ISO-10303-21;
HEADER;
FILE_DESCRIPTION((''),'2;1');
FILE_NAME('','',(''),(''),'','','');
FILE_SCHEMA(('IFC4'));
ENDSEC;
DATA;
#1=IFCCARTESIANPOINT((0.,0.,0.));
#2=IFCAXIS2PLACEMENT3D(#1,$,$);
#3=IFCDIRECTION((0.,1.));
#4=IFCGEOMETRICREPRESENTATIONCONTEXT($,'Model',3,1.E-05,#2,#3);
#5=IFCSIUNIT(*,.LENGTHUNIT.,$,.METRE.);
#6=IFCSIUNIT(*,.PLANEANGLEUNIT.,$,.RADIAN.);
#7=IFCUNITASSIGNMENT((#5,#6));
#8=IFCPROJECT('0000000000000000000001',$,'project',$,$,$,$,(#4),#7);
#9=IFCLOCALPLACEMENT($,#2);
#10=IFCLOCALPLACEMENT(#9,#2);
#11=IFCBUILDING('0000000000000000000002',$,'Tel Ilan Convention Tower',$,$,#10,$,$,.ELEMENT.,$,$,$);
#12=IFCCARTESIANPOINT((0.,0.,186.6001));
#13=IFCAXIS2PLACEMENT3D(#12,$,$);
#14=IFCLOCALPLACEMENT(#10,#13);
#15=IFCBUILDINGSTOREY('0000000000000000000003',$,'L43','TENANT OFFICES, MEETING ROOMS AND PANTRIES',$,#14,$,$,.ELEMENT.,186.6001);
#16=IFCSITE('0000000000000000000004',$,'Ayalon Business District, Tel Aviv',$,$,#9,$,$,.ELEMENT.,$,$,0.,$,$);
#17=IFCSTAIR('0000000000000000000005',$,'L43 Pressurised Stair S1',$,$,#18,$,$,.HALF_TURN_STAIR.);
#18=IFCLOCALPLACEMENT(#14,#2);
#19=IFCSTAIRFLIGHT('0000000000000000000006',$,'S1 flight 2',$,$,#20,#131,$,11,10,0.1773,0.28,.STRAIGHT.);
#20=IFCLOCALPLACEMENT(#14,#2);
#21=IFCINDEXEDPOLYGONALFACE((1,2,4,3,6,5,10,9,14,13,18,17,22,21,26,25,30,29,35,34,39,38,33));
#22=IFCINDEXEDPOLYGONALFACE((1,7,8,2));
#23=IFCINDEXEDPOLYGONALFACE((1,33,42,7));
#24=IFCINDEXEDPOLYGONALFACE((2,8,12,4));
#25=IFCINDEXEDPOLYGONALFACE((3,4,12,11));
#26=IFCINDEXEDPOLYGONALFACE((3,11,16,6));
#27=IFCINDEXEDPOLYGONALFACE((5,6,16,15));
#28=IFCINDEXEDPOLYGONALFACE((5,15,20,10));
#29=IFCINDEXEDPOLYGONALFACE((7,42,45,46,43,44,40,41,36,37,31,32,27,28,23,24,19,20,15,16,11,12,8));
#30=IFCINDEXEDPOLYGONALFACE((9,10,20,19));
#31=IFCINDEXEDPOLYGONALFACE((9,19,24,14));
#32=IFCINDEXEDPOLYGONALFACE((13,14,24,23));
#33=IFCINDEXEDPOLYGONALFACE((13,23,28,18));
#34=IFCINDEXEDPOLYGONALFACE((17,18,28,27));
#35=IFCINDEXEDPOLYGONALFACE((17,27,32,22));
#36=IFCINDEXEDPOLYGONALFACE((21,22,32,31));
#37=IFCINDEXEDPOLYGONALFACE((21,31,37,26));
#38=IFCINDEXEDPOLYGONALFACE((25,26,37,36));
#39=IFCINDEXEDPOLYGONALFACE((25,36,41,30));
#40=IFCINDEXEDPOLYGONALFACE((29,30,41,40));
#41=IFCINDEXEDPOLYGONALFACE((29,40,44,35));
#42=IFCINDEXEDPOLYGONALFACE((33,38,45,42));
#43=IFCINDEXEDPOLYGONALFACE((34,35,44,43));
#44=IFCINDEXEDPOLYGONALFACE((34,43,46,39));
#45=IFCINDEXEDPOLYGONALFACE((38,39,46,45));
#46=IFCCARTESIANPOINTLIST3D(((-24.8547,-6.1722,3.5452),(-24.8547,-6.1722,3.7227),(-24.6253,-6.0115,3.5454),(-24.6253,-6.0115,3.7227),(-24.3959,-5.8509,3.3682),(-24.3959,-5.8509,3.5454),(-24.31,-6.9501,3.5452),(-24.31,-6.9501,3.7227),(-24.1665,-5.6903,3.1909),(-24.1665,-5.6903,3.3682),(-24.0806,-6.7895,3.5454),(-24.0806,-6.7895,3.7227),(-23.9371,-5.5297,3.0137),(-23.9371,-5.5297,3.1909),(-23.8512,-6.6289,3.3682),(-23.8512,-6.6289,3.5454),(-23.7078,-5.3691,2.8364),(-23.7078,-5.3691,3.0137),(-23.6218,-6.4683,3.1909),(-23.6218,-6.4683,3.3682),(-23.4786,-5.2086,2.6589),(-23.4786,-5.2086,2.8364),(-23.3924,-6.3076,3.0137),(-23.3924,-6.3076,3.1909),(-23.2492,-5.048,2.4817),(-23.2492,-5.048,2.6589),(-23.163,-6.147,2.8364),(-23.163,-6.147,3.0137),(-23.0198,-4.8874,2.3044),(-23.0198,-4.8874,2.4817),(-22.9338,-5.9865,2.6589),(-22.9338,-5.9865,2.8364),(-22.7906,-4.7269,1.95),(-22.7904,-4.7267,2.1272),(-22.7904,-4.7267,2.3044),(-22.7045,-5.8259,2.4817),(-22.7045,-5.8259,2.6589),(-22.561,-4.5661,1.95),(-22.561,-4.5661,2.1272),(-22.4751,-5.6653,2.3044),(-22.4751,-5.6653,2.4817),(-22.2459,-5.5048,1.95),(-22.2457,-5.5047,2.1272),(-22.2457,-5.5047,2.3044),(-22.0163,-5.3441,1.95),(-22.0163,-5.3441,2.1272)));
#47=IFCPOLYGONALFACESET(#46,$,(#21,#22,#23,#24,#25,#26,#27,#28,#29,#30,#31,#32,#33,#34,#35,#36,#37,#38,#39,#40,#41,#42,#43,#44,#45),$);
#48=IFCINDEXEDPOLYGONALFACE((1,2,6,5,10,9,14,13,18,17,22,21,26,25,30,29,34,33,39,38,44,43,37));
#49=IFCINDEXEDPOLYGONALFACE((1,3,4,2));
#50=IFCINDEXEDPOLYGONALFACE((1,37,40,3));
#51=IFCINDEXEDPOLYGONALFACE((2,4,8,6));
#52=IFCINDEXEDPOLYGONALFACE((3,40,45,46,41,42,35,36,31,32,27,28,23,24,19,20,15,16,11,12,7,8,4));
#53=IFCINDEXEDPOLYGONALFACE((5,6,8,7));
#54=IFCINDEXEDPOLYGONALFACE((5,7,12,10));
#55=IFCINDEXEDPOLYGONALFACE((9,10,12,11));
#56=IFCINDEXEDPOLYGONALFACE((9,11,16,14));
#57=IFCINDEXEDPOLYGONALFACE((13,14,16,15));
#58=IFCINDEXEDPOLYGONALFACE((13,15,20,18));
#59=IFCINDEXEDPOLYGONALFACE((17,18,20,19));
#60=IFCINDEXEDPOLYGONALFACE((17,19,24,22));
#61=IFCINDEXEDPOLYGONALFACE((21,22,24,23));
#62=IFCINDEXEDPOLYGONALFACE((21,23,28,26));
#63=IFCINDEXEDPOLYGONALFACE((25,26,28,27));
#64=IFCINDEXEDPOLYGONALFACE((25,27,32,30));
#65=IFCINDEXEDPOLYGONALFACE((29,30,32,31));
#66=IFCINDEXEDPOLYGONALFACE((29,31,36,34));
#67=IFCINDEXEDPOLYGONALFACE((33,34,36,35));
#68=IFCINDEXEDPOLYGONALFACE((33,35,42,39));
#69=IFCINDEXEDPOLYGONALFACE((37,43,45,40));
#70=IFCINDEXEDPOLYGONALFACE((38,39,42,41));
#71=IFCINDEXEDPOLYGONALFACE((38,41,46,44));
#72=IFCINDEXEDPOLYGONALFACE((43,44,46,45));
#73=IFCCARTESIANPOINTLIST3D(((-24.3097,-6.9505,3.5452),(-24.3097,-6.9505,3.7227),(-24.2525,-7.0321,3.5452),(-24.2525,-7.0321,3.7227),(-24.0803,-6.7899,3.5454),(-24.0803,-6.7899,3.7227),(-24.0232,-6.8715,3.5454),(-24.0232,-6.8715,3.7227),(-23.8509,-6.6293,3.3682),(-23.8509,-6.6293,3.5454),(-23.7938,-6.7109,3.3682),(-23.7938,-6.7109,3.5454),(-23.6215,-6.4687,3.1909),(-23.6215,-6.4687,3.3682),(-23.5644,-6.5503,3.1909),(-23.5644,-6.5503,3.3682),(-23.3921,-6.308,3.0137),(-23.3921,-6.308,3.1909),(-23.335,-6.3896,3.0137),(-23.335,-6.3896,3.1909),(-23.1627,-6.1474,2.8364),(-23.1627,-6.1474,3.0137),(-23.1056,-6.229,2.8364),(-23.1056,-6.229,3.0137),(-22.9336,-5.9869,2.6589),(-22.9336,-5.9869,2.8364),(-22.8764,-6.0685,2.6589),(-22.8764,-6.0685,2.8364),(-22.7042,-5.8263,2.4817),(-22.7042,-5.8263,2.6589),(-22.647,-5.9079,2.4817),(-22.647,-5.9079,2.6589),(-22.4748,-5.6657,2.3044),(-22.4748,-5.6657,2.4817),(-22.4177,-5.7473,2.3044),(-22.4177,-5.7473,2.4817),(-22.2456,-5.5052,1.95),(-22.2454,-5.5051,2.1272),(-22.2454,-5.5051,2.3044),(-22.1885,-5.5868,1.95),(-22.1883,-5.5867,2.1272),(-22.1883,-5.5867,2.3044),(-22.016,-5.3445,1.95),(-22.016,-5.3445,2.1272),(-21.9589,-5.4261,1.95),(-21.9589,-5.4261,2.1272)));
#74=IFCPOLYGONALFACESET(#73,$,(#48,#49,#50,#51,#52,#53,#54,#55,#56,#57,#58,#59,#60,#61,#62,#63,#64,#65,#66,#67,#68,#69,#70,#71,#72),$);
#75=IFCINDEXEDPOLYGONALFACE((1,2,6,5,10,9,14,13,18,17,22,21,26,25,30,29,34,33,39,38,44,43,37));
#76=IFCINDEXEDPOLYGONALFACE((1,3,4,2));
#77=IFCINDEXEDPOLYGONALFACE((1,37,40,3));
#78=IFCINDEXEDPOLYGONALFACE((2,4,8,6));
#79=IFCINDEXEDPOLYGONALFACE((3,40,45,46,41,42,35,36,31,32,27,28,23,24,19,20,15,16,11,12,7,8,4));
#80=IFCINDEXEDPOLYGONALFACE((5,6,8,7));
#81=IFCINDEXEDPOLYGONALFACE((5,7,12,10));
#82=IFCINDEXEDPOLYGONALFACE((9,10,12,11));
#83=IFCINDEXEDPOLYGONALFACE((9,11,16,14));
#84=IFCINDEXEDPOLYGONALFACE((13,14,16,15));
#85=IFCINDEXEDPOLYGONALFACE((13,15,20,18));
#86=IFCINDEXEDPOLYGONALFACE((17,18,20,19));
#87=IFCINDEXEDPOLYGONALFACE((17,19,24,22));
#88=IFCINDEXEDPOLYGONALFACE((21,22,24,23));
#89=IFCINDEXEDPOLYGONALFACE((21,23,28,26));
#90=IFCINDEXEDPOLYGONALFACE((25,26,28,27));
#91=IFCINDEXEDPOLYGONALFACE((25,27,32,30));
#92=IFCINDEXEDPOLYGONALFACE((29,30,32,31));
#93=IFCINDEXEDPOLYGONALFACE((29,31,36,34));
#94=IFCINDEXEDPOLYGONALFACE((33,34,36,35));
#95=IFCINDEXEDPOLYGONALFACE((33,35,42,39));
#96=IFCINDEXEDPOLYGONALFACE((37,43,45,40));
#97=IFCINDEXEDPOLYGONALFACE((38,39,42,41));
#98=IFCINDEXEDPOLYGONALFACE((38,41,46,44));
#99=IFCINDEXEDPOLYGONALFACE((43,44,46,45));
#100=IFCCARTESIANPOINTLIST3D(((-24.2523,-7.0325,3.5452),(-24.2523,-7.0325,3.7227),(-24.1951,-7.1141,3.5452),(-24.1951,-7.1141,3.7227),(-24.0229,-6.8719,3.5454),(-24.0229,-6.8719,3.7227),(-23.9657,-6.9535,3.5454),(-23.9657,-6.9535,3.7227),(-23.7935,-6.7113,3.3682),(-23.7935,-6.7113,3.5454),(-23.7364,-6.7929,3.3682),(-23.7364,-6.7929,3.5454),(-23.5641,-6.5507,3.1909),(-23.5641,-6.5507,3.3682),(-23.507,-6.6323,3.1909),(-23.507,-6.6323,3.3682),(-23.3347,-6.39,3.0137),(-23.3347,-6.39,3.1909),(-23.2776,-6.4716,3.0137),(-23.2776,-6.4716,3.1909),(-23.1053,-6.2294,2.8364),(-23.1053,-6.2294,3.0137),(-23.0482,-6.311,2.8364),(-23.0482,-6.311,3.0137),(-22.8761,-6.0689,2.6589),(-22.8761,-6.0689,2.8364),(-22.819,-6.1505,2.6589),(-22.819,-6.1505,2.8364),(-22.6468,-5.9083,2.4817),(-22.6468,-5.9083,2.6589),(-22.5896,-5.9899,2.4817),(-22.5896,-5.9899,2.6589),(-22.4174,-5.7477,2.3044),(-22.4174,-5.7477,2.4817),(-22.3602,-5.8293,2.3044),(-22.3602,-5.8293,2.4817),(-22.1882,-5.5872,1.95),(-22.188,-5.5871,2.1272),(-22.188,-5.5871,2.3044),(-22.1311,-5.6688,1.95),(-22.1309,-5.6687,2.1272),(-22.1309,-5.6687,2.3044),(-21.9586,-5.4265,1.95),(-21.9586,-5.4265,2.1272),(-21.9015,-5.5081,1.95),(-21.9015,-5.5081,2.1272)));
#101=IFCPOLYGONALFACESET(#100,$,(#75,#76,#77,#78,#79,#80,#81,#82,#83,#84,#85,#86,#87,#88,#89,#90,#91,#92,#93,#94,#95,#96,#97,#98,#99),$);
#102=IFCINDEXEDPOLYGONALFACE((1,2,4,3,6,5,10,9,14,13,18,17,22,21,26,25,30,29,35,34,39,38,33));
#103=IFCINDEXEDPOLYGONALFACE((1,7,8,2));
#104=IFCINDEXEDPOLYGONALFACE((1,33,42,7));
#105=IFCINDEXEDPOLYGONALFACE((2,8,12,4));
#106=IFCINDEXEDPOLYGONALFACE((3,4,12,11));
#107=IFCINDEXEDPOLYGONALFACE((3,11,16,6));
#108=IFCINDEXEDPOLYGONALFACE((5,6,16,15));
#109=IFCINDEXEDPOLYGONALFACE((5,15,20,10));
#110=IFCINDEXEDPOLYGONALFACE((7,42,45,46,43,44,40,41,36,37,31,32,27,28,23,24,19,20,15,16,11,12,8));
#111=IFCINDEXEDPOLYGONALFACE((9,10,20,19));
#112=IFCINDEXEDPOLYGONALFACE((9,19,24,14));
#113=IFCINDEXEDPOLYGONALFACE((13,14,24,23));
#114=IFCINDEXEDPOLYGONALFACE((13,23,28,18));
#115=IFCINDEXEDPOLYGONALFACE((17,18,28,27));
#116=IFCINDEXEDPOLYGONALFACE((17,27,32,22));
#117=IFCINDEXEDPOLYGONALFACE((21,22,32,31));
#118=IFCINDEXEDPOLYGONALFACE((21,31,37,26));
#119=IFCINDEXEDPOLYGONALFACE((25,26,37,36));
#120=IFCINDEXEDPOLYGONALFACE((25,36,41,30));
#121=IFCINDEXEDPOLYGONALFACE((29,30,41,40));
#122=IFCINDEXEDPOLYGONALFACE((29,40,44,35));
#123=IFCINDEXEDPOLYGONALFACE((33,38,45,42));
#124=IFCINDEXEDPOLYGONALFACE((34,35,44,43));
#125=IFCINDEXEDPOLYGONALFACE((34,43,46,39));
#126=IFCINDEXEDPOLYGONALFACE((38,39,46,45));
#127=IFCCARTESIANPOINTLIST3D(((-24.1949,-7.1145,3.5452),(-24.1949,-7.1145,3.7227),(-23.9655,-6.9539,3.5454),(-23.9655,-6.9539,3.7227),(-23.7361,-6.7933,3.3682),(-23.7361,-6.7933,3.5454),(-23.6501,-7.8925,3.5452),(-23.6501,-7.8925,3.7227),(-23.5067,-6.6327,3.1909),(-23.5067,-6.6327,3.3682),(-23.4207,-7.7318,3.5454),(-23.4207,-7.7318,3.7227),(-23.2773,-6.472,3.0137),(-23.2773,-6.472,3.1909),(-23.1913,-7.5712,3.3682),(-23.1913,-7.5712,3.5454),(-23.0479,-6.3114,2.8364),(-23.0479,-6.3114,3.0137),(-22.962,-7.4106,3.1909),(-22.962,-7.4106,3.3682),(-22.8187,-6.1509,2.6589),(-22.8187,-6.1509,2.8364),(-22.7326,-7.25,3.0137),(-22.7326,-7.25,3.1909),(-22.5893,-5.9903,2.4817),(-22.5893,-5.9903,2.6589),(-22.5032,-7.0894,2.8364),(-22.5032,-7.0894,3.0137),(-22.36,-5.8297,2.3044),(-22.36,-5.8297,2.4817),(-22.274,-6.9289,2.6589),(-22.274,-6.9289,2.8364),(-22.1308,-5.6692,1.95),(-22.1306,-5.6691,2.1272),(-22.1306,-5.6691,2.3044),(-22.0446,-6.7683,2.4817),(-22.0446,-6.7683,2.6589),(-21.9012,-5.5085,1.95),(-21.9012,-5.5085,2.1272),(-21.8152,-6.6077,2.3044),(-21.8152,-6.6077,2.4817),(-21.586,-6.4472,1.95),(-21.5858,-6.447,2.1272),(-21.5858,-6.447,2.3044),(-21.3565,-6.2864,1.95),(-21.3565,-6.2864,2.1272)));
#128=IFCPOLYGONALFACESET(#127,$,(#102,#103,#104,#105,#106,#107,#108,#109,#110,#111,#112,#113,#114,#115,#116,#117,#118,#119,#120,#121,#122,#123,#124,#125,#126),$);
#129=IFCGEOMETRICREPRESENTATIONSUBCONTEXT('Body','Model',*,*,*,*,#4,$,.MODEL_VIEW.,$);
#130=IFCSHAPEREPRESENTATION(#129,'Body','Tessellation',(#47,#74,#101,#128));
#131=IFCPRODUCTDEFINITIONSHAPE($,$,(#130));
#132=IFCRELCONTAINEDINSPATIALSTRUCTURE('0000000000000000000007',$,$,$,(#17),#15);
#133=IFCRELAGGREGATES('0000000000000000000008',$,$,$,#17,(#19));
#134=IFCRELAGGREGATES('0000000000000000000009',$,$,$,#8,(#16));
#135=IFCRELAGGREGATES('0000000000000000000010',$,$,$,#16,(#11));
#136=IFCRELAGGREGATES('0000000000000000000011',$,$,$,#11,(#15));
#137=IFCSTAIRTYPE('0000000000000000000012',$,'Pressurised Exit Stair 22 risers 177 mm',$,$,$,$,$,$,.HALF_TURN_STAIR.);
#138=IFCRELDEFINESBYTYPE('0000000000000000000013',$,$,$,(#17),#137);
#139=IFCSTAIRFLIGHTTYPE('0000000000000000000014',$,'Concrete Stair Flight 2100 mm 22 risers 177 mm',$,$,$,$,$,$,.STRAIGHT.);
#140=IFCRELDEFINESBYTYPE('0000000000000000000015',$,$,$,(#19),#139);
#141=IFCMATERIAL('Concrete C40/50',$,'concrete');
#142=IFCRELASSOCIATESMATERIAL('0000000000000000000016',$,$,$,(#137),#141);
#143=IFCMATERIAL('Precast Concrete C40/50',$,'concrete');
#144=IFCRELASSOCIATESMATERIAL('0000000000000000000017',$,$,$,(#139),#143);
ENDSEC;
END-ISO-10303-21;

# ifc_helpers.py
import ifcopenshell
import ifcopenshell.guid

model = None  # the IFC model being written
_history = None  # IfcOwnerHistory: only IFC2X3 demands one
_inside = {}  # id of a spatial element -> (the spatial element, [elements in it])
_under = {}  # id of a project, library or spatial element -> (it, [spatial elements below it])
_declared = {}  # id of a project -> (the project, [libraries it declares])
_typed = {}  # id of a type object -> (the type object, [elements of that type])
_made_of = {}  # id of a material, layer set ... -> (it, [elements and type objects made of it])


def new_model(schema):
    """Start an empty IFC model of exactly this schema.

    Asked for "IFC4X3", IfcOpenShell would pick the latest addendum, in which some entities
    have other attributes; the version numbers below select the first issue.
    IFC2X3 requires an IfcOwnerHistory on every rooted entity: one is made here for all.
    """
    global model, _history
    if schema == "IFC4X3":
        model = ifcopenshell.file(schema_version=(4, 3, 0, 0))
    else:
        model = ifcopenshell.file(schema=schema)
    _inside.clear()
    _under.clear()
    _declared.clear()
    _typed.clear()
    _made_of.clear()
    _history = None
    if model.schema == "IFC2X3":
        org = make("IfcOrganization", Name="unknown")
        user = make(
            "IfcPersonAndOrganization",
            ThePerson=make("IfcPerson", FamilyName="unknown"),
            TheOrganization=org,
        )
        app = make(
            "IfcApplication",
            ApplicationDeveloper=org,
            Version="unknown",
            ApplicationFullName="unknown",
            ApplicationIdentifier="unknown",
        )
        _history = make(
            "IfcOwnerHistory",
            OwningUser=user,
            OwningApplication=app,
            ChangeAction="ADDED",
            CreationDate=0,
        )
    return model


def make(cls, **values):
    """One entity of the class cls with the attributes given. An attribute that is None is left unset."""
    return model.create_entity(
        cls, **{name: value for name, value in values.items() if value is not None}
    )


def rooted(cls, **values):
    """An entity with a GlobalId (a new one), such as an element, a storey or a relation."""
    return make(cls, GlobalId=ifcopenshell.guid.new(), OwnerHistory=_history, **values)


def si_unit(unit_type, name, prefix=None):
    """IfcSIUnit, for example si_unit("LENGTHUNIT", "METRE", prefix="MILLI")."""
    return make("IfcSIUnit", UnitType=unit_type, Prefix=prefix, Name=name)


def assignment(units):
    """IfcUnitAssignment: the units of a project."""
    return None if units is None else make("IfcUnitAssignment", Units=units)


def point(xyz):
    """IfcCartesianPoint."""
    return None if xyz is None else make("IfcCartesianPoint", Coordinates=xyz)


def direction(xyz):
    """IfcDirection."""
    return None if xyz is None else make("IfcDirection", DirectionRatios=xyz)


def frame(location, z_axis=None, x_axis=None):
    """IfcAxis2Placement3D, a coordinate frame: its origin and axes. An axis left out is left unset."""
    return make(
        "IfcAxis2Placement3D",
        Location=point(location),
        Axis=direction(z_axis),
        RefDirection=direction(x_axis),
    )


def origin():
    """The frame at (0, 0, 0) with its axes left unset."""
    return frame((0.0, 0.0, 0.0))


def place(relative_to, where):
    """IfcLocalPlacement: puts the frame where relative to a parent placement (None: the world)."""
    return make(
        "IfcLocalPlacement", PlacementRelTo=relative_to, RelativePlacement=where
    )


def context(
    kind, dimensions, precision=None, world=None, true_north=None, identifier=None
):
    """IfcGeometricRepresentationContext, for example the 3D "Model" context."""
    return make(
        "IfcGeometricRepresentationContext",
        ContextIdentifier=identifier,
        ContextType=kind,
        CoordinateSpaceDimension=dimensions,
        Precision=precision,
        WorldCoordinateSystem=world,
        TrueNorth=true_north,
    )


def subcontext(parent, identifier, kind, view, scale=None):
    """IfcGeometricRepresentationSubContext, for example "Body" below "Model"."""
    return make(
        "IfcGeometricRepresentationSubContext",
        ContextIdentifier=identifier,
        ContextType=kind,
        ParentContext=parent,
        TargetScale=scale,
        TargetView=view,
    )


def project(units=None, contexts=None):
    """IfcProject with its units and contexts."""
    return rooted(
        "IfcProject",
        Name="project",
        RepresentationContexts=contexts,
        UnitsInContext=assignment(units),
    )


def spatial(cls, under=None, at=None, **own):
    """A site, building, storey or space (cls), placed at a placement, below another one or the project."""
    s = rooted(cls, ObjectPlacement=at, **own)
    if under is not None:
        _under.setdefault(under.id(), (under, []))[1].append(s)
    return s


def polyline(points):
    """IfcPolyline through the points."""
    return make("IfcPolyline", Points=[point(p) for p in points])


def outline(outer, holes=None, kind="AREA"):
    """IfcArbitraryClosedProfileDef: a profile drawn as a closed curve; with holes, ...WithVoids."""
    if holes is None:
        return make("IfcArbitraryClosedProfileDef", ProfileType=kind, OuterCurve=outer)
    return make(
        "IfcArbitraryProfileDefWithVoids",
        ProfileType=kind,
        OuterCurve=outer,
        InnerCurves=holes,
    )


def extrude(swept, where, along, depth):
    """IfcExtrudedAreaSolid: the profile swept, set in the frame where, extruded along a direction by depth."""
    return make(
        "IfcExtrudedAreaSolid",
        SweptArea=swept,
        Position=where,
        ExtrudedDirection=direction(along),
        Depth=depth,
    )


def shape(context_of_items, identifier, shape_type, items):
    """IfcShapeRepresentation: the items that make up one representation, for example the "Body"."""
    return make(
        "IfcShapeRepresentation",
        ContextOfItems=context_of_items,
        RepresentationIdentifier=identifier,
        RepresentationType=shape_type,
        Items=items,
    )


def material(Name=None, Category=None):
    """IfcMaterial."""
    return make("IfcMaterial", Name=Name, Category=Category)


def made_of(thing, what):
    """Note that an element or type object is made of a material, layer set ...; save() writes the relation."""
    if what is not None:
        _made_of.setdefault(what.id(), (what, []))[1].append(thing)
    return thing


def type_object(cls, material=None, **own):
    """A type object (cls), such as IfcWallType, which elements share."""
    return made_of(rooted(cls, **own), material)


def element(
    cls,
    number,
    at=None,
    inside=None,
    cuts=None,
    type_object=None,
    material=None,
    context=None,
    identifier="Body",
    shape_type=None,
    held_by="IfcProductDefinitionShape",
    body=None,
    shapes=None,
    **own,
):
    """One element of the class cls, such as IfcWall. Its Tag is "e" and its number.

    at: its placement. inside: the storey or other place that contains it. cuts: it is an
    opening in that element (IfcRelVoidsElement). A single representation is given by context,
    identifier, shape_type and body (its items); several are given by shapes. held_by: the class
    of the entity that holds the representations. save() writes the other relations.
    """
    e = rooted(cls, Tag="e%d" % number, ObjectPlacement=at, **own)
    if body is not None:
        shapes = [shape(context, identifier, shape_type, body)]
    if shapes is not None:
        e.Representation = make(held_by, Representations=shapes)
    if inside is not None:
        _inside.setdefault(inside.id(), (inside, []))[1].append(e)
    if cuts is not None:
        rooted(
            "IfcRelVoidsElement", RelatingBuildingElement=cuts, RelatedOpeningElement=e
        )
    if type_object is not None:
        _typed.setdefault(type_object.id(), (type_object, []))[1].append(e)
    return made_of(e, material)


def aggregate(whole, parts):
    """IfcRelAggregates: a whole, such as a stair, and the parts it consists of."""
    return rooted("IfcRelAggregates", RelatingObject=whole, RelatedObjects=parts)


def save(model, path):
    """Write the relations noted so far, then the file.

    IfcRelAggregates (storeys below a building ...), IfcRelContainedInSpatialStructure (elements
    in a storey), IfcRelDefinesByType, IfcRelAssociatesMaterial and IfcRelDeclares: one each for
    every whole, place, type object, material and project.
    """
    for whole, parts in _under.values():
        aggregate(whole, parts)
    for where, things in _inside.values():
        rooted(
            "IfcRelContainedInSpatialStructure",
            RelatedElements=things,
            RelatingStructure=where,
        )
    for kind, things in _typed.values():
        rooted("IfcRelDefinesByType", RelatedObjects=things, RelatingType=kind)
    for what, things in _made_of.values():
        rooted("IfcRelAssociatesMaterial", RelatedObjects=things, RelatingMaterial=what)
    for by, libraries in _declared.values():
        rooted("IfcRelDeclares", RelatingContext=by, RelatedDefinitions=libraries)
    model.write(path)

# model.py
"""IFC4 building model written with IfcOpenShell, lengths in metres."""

from ifc_helpers import new_model, si_unit, direction, frame, origin, place, context, subcontext, project, spatial, polyline, outline, extrude, material, type_object, element, aggregate, save


model = new_model("IFC4")

# Units and contexts
model_context = context("Model", 3, precision=1e-05, world=origin(), true_north=direction((0.0, 1.0)))
body_context = subcontext(model_context, "Body", "Model", "MODEL_VIEW")
ifc_project = project(units=[si_unit("LENGTHUNIT", "METRE"), si_unit("PLANEANGLEUNIT", "RADIAN")], contexts=[model_context])

# Site, building, storey
site_placement = place(None, origin())
site = spatial("IfcSite", under=ifc_project, at=site_placement, Name="Ayalon Business District, Tel Aviv", CompositionType="ELEMENT", RefElevation=0.0)
building_placement = place(site_placement, origin())
building = spatial("IfcBuilding", under=site, at=building_placement, Name="Tel Ilan Convention Tower", CompositionType="ELEMENT")
storey_placement = place(building_placement, frame((0.0, 0.0, 186.6001)))
storey = spatial("IfcBuildingStorey", under=building, at=storey_placement, Name="L43", Description="TENANT OFFICES, MEETING ROOMS AND PANTRIES", CompositionType="ELEMENT", Elevation=186.6001)

# Stair, stair flight
ifc_material_1 = material(Name="Concrete C40/50", Category="concrete")
stair_type = type_object("IfcStairType", Name="Pressurised Exit Stair 22 risers 177 mm", PredefinedType="HALF_TURN_STAIR", material=ifc_material_1)
stair_1_placement = place(storey_placement, origin())
stair_1 = element("IfcStair", 1, at=stair_1_placement, inside=storey, type_object=stair_type, Name="L43 Pressurised Stair S1", PredefinedType="HALF_TURN_STAIR")
ifc_material_2 = material(Name="Precast Concrete C40/50", Category="concrete")
stair_flight_type = type_object("IfcStairFlightType", Name="Concrete Stair Flight 2100 mm 22 risers 177 mm", PredefinedType="STRAIGHT", material=ifc_material_2)
stair_flight_1_placement = place(storey_placement, frame((-21.9587, -5.4263, 1.95), z_axis=(0.0, 0.0, 1.0), x_axis=(-0.819152, -0.573576, 0.0)))
stair_flight_1 = element("IfcStairFlight", 2, at=stair_flight_1_placement, type_object=stair_flight_type, Name="S1 flight 2", NumberOfRisers=11, NumberOfTreads=10, PredefinedType="STRAIGHT", RiserHeight=0.1773, TreadLength=0.28, context=body_context, shape_type="SweptSolid", body=[
    extrude(outline(polyline([(0.0, 0.0), (0.0, 0.1772), (0.28, 0.1772), (0.28, 0.3545), (0.5601, 0.3545), (0.5601, 0.5317), (0.8401, 0.5317), (0.8401, 0.709), (1.1201, 0.709), (1.1201, 0.8865), (1.3999, 0.8865), (1.3999, 1.0637), (1.6799, 1.0637), (1.6799, 1.241), (1.96, 1.241), (1.96, 1.4182), (2.24, 1.4182), (2.24, 1.5955), (2.52, 1.5955), (2.52, 1.7727), (2.8, 1.7727), (2.8, 1.95), (2.8, 1.5952), (0.2803, 0.0), (0.0, 0.0)])), frame((0.0, -0.1003, 0.0), z_axis=(0.0, -1.0, 0.0), x_axis=(1.0, 0.0, 0.0)), (0.0, 0.0, 1.0), 0.9497),
    extrude(outline(polyline([(0.0, 0.0), (0.0, 0.1772), (0.28, 0.1772), (0.28, 0.3545), (0.5601, 0.3545), (0.5601, 0.5317), (0.8401, 0.5317), (0.8401, 0.709), (1.1201, 0.709), (1.1201, 0.8865), (1.3999, 0.8865), (1.3999, 1.0637), (1.6799, 1.0637), (1.6799, 1.241), (1.96, 1.241), (1.96, 1.4182), (2.24, 1.4182), (2.24, 1.5955), (2.52, 1.5955), (2.52, 1.7727), (2.8, 1.7727), (2.8, 1.95), (2.8, 1.5952), (0.2803, 0.0), (0.0, 0.0)])), frame((0.0, -0.0002, 0.0), z_axis=(0.0, -1.0, 0.0), x_axis=(1.0, 0.0, 0.0)), (0.0, 0.0, 1.0), 0.0996),
    extrude(outline(polyline([(0.0, 0.0), (0.0, 0.1772), (0.28, 0.1772), (0.28, 0.3545), (0.5601, 0.3545), (0.5601, 0.5317), (0.8401, 0.5317), (0.8401, 0.709), (1.1201, 0.709), (1.1201, 0.8865), (1.3999, 0.8865), (1.3999, 1.0637), (1.6799, 1.0637), (1.6799, 1.241), (1.96, 1.241), (1.96, 1.4182), (2.24, 1.4182), (2.24, 1.5955), (2.52, 1.5955), (2.52, 1.7727), (2.8, 1.7727), (2.8, 1.95), (2.8, 1.5952), (0.2803, 0.0), (0.0, 0.0)])), frame((0.0, 0.0999, 0.0), z_axis=(0.0, -1.0, 0.0), x_axis=(1.0, 0.0, 0.0)), (0.0, 0.0, 1.0), 0.0996),
    extrude(outline(polyline([(0.0, 0.0), (0.0, 0.1772), (0.28, 0.1772), (0.28, 0.3545), (0.5601, 0.3545), (0.5601, 0.5317), (0.8401, 0.5317), (0.8401, 0.709), (1.1201, 0.709), (1.1201, 0.8865), (1.3999, 0.8865), (1.3999, 1.0637), (1.6799, 1.0637), (1.6799, 1.241), (1.96, 1.241), (1.96, 1.4182), (2.24, 1.4182), (2.24, 1.5955), (2.52, 1.5955), (2.52, 1.7727), (2.8, 1.7727), (2.8, 1.95), (2.8, 1.5952), (0.2803, 0.0), (0.0, 0.0)])), frame((0.0, 1.05, 0.0), z_axis=(0.0, -1.0, 0.0), x_axis=(1.0, 0.0, 0.0)), (0.0, 0.0, 1.0), 0.9497),
])
aggregate(stair_1, [stair_flight_1])

save(model, "model.ifc")
